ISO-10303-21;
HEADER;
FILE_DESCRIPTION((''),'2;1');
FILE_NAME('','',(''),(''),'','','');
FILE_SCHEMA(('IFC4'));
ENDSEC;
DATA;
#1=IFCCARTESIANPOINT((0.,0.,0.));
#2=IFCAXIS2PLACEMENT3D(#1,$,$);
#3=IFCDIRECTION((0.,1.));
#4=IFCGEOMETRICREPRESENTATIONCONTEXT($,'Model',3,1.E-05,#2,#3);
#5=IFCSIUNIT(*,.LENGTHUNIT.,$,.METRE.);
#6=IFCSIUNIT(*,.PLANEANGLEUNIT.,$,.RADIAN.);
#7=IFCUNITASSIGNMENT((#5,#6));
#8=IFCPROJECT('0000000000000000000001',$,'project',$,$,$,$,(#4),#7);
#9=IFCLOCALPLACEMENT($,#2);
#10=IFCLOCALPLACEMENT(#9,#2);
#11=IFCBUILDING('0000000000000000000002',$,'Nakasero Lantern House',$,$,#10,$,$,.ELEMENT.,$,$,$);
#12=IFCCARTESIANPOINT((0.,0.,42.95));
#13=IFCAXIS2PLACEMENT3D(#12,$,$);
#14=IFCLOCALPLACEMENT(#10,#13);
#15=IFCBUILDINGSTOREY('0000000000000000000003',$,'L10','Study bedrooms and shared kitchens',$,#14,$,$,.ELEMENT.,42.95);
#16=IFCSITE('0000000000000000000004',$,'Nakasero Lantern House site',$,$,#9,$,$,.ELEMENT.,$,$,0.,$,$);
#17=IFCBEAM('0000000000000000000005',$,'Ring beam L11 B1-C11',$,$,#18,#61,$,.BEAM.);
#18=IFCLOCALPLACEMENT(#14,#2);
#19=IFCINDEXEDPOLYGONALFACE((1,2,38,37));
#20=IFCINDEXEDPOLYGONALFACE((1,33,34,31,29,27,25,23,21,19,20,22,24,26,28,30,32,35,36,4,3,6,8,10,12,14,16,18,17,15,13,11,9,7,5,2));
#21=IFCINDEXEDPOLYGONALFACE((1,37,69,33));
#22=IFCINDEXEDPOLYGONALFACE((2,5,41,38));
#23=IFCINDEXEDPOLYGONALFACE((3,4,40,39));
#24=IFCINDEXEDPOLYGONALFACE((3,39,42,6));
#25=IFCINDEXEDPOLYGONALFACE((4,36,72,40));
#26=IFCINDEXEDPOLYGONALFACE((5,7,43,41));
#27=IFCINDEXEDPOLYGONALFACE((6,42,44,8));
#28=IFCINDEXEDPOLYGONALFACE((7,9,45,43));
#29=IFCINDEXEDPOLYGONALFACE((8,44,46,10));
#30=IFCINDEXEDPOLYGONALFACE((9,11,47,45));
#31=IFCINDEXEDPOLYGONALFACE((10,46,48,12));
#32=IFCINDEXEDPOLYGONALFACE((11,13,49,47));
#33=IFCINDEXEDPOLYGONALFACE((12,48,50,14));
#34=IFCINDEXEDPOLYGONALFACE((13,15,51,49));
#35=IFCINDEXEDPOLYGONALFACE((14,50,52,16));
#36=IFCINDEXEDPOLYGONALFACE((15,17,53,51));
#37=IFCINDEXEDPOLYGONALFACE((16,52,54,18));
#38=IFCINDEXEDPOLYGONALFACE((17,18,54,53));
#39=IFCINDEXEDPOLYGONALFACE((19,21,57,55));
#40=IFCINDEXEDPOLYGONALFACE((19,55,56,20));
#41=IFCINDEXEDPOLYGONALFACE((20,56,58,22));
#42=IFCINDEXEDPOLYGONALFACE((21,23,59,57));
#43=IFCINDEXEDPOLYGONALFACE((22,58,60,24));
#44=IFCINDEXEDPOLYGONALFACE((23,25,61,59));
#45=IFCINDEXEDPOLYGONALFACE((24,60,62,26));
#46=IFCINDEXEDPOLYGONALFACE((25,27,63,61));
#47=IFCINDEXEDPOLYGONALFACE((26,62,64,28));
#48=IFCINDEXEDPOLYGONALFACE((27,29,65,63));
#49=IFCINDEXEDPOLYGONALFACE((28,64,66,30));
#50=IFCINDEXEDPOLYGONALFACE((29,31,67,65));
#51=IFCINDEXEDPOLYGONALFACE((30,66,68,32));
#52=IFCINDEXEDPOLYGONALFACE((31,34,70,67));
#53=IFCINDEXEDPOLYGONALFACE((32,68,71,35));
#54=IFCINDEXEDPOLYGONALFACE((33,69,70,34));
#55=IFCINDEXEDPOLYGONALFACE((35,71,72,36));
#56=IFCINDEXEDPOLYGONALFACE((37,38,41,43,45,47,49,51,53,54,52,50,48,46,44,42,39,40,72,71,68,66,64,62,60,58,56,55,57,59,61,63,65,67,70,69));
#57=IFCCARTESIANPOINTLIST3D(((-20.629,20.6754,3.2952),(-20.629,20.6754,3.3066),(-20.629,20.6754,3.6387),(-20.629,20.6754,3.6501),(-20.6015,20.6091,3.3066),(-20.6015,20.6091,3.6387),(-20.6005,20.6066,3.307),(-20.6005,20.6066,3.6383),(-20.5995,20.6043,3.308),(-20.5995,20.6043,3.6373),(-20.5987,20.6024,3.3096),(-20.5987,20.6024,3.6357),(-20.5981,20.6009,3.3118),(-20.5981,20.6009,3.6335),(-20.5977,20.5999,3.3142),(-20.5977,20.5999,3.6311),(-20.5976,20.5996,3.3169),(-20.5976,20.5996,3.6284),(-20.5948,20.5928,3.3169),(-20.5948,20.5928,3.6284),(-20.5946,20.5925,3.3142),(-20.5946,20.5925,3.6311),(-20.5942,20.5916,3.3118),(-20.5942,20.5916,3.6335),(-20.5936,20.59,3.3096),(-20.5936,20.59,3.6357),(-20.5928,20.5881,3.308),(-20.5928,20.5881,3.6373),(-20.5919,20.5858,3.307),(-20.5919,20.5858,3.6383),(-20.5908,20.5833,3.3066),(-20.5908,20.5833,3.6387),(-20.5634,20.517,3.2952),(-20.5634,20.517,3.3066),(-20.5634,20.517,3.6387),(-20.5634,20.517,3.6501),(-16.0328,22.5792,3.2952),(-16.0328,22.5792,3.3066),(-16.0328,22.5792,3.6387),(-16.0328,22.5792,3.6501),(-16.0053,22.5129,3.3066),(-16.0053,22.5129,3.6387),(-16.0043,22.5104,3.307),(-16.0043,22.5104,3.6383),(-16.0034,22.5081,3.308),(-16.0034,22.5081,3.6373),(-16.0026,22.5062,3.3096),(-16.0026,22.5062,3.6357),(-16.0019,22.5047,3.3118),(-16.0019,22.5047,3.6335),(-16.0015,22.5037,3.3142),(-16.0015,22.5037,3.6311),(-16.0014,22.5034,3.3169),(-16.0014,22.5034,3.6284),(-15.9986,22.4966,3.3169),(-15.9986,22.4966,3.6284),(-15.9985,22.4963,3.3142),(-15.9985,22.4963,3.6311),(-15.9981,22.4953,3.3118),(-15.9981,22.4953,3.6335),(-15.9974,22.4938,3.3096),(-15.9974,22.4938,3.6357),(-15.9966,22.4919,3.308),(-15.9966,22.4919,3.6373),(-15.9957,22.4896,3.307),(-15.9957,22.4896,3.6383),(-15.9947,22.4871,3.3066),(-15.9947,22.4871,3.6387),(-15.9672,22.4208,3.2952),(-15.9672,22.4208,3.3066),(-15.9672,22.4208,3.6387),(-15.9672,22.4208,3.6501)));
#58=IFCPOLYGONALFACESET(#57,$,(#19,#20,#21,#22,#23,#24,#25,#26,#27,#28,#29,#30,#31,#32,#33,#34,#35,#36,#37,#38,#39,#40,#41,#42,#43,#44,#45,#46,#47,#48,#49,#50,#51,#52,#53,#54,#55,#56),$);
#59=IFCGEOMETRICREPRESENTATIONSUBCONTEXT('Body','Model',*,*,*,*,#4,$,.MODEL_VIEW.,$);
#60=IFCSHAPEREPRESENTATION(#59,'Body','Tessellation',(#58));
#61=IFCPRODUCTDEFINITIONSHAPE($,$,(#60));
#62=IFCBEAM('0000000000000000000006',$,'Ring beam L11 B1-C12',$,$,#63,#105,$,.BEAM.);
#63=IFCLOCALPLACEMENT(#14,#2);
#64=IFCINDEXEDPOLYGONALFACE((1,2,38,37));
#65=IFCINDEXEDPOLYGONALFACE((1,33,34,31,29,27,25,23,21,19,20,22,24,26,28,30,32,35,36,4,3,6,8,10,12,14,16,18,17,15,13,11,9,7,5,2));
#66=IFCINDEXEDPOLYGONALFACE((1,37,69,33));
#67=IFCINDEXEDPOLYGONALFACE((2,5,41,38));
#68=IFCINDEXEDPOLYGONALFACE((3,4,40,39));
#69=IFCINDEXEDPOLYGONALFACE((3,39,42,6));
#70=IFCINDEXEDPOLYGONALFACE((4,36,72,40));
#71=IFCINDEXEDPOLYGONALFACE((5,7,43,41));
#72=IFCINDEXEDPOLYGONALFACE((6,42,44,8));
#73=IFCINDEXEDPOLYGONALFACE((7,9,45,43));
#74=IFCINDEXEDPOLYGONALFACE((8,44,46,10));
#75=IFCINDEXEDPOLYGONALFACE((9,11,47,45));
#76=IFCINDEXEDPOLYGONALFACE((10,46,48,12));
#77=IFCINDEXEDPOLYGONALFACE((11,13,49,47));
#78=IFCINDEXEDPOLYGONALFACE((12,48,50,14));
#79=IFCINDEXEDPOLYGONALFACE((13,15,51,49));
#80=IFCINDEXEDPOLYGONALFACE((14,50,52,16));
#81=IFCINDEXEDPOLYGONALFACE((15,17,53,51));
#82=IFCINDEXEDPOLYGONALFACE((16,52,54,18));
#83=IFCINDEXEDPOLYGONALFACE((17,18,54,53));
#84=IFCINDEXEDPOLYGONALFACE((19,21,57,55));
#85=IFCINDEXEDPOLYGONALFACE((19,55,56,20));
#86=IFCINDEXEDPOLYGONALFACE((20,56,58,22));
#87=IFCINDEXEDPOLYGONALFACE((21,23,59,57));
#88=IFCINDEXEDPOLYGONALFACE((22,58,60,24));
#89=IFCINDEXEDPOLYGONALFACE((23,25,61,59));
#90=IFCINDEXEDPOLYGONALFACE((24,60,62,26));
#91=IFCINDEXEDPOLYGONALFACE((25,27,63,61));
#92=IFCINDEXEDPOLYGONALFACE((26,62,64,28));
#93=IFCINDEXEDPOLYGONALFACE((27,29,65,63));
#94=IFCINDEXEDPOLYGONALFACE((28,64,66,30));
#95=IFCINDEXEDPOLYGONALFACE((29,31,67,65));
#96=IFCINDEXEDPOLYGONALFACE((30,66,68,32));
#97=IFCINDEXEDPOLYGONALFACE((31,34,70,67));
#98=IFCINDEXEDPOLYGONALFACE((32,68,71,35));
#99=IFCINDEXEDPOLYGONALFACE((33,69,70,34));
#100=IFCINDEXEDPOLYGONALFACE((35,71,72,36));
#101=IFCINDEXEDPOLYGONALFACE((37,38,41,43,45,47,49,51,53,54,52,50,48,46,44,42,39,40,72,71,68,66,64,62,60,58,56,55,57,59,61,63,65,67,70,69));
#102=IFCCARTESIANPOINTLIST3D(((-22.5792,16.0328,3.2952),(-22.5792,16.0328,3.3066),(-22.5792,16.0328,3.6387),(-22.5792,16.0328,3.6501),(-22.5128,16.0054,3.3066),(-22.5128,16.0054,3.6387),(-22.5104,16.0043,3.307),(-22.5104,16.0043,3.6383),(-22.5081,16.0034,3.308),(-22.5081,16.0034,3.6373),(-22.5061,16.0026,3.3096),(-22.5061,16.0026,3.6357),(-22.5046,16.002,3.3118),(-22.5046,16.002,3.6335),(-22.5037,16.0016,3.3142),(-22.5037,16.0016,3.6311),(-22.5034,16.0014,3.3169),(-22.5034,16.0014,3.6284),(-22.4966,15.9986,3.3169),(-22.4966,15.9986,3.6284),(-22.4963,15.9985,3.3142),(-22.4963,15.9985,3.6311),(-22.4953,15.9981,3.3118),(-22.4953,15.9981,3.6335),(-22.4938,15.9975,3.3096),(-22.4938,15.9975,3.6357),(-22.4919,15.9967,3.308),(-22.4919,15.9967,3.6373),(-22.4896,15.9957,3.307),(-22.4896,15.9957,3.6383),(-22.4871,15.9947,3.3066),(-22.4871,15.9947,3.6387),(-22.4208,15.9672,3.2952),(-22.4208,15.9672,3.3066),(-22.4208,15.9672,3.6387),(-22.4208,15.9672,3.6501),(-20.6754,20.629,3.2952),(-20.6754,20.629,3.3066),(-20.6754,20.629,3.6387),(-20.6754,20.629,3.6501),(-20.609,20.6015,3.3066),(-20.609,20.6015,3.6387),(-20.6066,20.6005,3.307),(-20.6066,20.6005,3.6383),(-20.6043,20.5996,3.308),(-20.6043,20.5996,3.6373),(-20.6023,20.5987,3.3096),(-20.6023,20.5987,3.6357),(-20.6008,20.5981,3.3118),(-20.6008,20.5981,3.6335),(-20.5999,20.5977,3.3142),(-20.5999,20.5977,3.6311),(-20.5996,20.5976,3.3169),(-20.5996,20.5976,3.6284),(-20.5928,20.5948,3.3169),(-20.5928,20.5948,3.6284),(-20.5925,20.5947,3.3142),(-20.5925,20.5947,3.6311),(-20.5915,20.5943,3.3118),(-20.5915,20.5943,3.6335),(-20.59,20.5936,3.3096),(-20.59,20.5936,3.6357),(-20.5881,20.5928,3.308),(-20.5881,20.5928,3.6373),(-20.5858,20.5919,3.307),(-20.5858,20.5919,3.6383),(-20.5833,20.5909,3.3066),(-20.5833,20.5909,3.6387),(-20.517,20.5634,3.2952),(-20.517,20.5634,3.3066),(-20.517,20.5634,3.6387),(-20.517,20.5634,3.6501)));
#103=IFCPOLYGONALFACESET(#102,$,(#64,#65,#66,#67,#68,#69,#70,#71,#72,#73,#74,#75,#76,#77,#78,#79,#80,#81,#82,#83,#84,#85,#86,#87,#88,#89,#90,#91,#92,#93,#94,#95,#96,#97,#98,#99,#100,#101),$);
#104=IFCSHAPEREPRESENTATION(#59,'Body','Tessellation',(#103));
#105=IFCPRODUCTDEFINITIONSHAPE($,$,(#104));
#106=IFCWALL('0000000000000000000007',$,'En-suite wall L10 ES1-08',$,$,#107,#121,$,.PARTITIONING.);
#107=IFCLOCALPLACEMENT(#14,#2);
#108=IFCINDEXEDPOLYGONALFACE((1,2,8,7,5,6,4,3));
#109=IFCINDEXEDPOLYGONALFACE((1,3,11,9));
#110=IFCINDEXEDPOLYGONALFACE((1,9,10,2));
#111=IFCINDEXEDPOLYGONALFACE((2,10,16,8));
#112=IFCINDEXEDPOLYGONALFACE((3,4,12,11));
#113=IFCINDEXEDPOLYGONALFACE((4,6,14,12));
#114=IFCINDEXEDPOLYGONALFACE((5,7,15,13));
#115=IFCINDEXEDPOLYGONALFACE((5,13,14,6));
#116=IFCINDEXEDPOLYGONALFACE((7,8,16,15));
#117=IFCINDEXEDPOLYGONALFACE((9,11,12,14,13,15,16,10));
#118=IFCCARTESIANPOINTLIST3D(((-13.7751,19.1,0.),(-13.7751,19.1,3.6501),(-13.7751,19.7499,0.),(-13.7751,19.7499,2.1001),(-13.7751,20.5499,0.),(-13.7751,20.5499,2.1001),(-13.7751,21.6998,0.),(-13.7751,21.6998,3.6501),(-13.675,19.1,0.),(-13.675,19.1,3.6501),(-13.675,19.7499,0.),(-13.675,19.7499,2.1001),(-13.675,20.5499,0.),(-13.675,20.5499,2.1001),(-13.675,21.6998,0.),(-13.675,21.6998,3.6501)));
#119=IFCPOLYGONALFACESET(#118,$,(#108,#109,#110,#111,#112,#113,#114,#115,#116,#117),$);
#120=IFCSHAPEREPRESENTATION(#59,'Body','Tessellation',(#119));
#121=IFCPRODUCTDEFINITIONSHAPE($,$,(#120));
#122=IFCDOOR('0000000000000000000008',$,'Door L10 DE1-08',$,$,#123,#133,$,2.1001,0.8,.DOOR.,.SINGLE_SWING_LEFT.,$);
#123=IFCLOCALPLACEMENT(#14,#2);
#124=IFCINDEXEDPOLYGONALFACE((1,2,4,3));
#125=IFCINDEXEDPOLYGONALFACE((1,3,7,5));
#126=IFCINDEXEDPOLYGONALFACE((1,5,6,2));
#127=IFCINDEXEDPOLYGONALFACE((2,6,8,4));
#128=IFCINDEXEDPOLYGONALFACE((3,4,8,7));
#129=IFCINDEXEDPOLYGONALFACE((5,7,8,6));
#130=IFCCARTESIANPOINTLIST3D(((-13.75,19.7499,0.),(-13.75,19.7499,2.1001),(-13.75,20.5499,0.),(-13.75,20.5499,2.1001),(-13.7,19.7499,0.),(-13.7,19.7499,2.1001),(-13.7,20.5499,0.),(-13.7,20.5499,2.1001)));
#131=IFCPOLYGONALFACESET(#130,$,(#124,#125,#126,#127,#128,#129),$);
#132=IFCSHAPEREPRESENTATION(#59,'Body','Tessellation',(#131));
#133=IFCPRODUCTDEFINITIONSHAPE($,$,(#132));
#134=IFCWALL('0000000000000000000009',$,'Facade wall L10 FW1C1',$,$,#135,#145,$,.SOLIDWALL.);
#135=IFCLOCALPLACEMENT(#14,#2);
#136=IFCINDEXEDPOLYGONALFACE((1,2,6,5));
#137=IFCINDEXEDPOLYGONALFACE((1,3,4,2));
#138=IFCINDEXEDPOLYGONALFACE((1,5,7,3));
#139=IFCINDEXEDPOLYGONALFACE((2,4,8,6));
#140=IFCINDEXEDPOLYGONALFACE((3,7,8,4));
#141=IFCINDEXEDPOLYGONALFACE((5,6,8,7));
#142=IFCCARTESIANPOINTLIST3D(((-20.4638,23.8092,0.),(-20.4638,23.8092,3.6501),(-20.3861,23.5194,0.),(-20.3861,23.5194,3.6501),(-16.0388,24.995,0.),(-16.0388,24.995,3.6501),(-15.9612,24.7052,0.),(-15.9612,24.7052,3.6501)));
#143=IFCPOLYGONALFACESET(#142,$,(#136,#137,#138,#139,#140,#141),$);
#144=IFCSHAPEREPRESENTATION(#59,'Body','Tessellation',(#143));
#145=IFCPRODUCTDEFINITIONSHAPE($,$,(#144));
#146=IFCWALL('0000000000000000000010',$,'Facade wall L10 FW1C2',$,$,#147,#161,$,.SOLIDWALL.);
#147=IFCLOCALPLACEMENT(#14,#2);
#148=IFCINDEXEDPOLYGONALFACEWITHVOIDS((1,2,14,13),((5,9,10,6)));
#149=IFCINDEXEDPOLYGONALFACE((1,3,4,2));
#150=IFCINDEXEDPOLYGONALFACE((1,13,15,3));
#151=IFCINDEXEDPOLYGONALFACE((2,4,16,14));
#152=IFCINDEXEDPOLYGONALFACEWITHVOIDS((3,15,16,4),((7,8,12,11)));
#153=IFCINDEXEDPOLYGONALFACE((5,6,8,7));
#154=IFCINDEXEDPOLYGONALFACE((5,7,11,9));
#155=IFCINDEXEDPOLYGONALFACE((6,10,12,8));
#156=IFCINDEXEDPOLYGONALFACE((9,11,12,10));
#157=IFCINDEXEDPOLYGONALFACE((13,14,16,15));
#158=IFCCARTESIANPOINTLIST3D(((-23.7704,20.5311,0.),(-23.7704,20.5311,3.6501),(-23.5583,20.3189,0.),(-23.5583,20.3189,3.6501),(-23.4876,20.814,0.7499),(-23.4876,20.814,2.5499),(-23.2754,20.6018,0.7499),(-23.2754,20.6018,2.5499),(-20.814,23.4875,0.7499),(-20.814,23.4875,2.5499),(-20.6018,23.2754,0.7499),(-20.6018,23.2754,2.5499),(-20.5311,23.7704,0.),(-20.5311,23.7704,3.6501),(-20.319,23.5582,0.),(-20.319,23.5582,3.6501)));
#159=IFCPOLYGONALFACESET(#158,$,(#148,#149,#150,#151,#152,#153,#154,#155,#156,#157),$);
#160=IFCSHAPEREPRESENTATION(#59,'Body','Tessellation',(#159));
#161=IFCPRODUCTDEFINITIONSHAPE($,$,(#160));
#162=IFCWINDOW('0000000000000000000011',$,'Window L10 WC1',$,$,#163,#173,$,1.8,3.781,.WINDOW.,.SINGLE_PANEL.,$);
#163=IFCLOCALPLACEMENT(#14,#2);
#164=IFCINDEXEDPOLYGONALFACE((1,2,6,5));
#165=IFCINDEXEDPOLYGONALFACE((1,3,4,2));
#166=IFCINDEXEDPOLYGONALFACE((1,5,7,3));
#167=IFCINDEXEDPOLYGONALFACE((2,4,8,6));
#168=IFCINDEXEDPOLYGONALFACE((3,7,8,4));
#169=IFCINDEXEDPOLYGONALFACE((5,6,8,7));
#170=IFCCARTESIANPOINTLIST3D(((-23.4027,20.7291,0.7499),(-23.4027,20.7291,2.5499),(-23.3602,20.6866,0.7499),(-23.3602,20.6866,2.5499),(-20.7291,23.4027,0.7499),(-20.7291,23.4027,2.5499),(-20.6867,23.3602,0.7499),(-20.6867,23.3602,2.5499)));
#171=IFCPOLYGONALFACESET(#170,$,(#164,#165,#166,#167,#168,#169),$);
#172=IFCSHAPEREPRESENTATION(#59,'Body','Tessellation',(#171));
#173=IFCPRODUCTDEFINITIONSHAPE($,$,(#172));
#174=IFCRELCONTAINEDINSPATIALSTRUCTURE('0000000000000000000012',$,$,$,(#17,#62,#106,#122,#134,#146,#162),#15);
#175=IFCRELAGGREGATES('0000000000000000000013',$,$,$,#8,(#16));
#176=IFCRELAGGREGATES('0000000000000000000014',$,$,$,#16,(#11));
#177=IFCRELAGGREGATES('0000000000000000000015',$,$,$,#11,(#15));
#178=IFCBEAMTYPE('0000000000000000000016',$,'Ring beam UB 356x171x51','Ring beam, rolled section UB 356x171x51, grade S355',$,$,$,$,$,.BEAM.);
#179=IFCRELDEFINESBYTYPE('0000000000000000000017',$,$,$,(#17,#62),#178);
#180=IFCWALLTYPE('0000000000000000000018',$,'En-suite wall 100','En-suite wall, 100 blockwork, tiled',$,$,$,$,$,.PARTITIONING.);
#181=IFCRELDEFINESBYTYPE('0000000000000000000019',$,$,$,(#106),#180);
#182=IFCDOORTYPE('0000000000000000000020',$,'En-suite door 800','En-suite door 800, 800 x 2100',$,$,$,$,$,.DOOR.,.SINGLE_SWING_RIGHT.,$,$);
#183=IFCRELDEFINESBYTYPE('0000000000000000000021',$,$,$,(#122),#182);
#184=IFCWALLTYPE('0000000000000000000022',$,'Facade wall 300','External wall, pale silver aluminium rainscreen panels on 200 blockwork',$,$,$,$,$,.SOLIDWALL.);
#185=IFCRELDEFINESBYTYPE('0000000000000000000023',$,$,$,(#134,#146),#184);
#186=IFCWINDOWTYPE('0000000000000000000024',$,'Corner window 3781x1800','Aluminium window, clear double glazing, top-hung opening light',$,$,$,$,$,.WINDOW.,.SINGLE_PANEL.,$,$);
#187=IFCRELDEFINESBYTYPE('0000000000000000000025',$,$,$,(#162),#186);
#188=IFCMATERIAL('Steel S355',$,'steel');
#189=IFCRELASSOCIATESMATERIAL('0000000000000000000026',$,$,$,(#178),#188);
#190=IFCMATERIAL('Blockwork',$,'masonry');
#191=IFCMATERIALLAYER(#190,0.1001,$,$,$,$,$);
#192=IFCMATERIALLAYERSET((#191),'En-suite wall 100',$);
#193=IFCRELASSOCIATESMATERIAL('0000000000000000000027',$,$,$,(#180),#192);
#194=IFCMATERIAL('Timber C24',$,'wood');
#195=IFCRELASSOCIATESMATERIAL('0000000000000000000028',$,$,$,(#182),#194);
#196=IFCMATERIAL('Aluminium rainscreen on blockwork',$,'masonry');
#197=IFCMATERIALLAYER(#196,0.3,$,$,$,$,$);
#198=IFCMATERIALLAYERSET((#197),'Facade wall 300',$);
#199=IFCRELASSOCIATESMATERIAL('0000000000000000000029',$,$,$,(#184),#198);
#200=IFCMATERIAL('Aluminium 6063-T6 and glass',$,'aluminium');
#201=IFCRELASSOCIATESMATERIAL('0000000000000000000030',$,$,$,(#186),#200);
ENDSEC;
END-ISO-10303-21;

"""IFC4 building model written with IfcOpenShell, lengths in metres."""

from ifc_helpers import new_model, si_unit, direction, frame, frame_2d, origin, origin_2d, place, context, subcontext, project, spatial, rectangle, i_section, extrude, material, layer, layer_set, material_profile, profile_set, type_object, element, fill, save


model = new_model("IFC4")

# Units and contexts
model_context = context("Model", 3, precision=1e-05, world=origin(), true_north=direction((0.0, 1.0)))
body_context = subcontext(model_context, "Body", "Model", "MODEL_VIEW")
ifc_project = project(units=[si_unit("LENGTHUNIT", "METRE"), si_unit("PLANEANGLEUNIT", "RADIAN")], contexts=[model_context])

# Site, building, storey
site_placement = place(None, origin())
site = spatial("IfcSite", under=ifc_project, at=site_placement, Name="Nakasero Lantern House site", CompositionType="ELEMENT", RefElevation=0.0)
building_placement = place(site_placement, origin())
building = spatial("IfcBuilding", under=site, at=building_placement, Name="Nakasero Lantern House", CompositionType="ELEMENT")
storey_placement = place(building_placement, frame((0.0, 0.0, 42.95)))
storey = spatial("IfcBuildingStorey", under=building, at=storey_placement, Name="L10", Description="Study bedrooms and shared kitchens", CompositionType="ELEMENT", Elevation=42.95)

# Beams
ifc_material_1 = material(Name="Steel S355", Category="steel")
ifc_material_profile_1 = material_profile(ifc_material_1, i_section(OverallWidth=0.1714, OverallDepth=0.355, WebThickness=0.0073, FlangeThickness=0.0115, FilletRadius=0.0103, at=origin_2d()), Name="UB 356x171x51")
ifc_profile_set_1 = profile_set([ifc_material_profile_1], Name="Steel S355")
beam_type_1 = type_object("IfcBeamType", Name="Ring beam UB 356x171x51", Description="Ring beam, rolled section UB 356x171x51, grade S355", PredefinedType="BEAM", material=ifc_profile_set_1)
for number, where, z_axis, x_axis, name in (
    (1, (-16.0, 22.5, 3.4727), (-0.923879, -0.382684, 0.0), (0.382684, -0.923879, 0.0), "Ring beam L11 B1-C11"),
    (2, (-20.5962, 20.5962, 3.4727), (-0.382684, -0.923879, 0.0), (0.923879, -0.382684, 0.0), "Ring beam L11 B1-C12"),
):
    element("IfcBeam", number, at=place(storey_placement, frame(where, z_axis=z_axis, x_axis=x_axis)), inside=storey, type_object=beam_type_1, Name=name, PredefinedType="BEAM", context=body_context, shape_type="SweptSolid", body=[
        extrude(i_section(OverallWidth=0.1714, OverallDepth=0.355, WebThickness=0.0073, FlangeThickness=0.0115, FilletRadius=0.0103, at=origin_2d()), origin(), (0.0, 0.0, 1.0), 4.9749),
    ])

# Wall, opening, door
ifc_material_2 = material(Name="Blockwork", Category="masonry")
ifc_layer_1 = layer(ifc_material_2, 0.1001)
ifc_layer_set_1 = layer_set([ifc_layer_1], Name="En-suite wall 100")
wall_type_1 = type_object("IfcWallType", Name="En-suite wall 100", Description="En-suite wall, 100 blockwork, tiled", PredefinedType="PARTITIONING", material=ifc_layer_set_1)
wall_1_placement = place(storey_placement, frame((-13.7251, 19.1001, 0.0), z_axis=(0.0, 0.0, 1.0), x_axis=(0.0, 1.0, 0.0)))
wall_1 = element("IfcWall", 3, at=wall_1_placement, inside=storey, type_object=wall_type_1, Name="En-suite wall L10 ES1-08", PredefinedType="PARTITIONING", context=body_context, shape_type="SweptSolid", body=[
    extrude(rectangle(XDim=2.5999, YDim=0.1001, at=frame_2d((1.2998, 0.0))), origin(), (0.0, 0.0, 1.0), 3.6501),
])
opening_1_placement = place(wall_1_placement, frame((0.6499, 0.0, 0.0)))
opening_1 = element("IfcOpeningElement", 4, at=opening_1_placement, cuts=wall_1, PredefinedType="OPENING", context=body_context, shape_type="SweptSolid", body=[
    extrude(rectangle(XDim=0.8, YDim=2.1001, at=frame_2d((0.3999, 1.05))), frame((0.0, 0.0701, 0.0), z_axis=(0.0, -1.0, 0.0), x_axis=(1.0, 0.0, 0.0)), (0.0, 0.0, 1.0), 0.1401),
])
ifc_material_3 = material(Name="Timber C24", Category="wood")
door_type_1 = type_object("IfcDoorType", Name="En-suite door 800", Description="En-suite door 800, 800 x 2100", OperationType="SINGLE_SWING_RIGHT", PredefinedType="DOOR", material=ifc_material_3)
door_1_placement = place(opening_1_placement, origin())
door_1 = element("IfcDoor", 5, at=door_1_placement, inside=storey, type_object=door_type_1, Name="Door L10 DE1-08", OperationType="SINGLE_SWING_LEFT", OverallHeight=2.1001, OverallWidth=0.8, PredefinedType="DOOR", context=body_context, shape_type="SweptSolid", body=[
    extrude(rectangle(XDim=0.8, YDim=2.1001, at=frame_2d((0.3999, 1.05))), frame((0.0, 0.0249, 0.0), z_axis=(0.0, -1.0, 0.0), x_axis=(1.0, 0.0, 0.0)), (0.0, 0.0, 1.0), 0.05),
])
fill(opening_1, door_1)

# Wall
ifc_material_4 = material(Name="Aluminium rainscreen on blockwork", Category="masonry")
ifc_layer_2 = layer(ifc_material_4, 0.3)
ifc_layer_set_2 = layer_set([ifc_layer_2], Name="Facade wall 300")
wall_type_2 = type_object("IfcWallType", Name="Facade wall 300", Description="External wall, pale silver aluminium rainscreen panels on 200 blockwork", PredefinedType="SOLIDWALL", material=ifc_layer_set_2)
wall_2_placement = place(storey_placement, frame((-16.0, 24.8501, 0.0), z_axis=(0.0, 0.0, 1.0), x_axis=(-0.96592, -0.25884, 0.0)))
element("IfcWall", 6, at=wall_2_placement, inside=storey, type_object=wall_type_2, Name="Facade wall L10 FW1C1", PredefinedType="SOLIDWALL", context=body_context, shape_type="SweptSolid", body=[
    extrude(rectangle(XDim=4.5811, YDim=0.3, at=frame_2d((2.2905, 0.0))), origin(), (0.0, 0.0, 1.0), 3.6501),
])

# Wall, opening, window
wall_3_placement = place(storey_placement, frame((-20.425, 23.6643, 0.0), z_axis=(0.0, 0.0, 1.0), x_axis=(-0.707107, -0.707107, 0.0)))
wall_3 = element("IfcWall", 7, at=wall_3_placement, inside=storey, type_object=wall_type_2, Name="Facade wall L10 FW1C2", PredefinedType="SOLIDWALL", context=body_context, shape_type="SweptSolid", body=[
    extrude(rectangle(XDim=4.5811, YDim=0.3, at=frame_2d((2.2905, 0.0))), origin(), (0.0, 0.0, 1.0), 3.6501),
])
opening_2_placement = place(wall_3_placement, frame((0.3999, 0.0, 0.75)))
opening_2 = element("IfcOpeningElement", 8, at=opening_2_placement, cuts=wall_3, PredefinedType="OPENING", context=body_context, shape_type="SweptSolid", body=[
    extrude(rectangle(XDim=3.781, YDim=1.8, at=frame_2d((1.8906, 0.8999))), frame((0.0, 0.1699, 0.0), z_axis=(0.0, -1.0, 0.0), x_axis=(1.0, 0.0, 0.0)), (0.0, 0.0, 1.0), 0.3401),
])
ifc_material_5 = material(Name="Aluminium 6063-T6 and glass", Category="aluminium")
window_type = type_object("IfcWindowType", Name="Corner window 3781x1800", Description="Aluminium window, clear double glazing, top-hung opening light", PartitioningType="SINGLE_PANEL", PredefinedType="WINDOW", material=ifc_material_5)
window_placement = place(opening_2_placement, origin())
window = element("IfcWindow", 9, at=window_placement, inside=storey, type_object=window_type, Name="Window L10 WC1", OverallHeight=1.8, OverallWidth=3.781, PartitioningType="SINGLE_PANEL", PredefinedType="WINDOW", context=body_context, shape_type="SweptSolid", body=[
    extrude(rectangle(XDim=3.781, YDim=1.8, at=frame_2d((1.8906, 0.8999))), frame((0.0, 0.03, 0.0), z_axis=(0.0, -1.0, 0.0), x_axis=(1.0, 0.0, 0.0)), (0.0, 0.0, 1.0), 0.0601),
])
fill(opening_2, window)

save(model, "model.ifc")
